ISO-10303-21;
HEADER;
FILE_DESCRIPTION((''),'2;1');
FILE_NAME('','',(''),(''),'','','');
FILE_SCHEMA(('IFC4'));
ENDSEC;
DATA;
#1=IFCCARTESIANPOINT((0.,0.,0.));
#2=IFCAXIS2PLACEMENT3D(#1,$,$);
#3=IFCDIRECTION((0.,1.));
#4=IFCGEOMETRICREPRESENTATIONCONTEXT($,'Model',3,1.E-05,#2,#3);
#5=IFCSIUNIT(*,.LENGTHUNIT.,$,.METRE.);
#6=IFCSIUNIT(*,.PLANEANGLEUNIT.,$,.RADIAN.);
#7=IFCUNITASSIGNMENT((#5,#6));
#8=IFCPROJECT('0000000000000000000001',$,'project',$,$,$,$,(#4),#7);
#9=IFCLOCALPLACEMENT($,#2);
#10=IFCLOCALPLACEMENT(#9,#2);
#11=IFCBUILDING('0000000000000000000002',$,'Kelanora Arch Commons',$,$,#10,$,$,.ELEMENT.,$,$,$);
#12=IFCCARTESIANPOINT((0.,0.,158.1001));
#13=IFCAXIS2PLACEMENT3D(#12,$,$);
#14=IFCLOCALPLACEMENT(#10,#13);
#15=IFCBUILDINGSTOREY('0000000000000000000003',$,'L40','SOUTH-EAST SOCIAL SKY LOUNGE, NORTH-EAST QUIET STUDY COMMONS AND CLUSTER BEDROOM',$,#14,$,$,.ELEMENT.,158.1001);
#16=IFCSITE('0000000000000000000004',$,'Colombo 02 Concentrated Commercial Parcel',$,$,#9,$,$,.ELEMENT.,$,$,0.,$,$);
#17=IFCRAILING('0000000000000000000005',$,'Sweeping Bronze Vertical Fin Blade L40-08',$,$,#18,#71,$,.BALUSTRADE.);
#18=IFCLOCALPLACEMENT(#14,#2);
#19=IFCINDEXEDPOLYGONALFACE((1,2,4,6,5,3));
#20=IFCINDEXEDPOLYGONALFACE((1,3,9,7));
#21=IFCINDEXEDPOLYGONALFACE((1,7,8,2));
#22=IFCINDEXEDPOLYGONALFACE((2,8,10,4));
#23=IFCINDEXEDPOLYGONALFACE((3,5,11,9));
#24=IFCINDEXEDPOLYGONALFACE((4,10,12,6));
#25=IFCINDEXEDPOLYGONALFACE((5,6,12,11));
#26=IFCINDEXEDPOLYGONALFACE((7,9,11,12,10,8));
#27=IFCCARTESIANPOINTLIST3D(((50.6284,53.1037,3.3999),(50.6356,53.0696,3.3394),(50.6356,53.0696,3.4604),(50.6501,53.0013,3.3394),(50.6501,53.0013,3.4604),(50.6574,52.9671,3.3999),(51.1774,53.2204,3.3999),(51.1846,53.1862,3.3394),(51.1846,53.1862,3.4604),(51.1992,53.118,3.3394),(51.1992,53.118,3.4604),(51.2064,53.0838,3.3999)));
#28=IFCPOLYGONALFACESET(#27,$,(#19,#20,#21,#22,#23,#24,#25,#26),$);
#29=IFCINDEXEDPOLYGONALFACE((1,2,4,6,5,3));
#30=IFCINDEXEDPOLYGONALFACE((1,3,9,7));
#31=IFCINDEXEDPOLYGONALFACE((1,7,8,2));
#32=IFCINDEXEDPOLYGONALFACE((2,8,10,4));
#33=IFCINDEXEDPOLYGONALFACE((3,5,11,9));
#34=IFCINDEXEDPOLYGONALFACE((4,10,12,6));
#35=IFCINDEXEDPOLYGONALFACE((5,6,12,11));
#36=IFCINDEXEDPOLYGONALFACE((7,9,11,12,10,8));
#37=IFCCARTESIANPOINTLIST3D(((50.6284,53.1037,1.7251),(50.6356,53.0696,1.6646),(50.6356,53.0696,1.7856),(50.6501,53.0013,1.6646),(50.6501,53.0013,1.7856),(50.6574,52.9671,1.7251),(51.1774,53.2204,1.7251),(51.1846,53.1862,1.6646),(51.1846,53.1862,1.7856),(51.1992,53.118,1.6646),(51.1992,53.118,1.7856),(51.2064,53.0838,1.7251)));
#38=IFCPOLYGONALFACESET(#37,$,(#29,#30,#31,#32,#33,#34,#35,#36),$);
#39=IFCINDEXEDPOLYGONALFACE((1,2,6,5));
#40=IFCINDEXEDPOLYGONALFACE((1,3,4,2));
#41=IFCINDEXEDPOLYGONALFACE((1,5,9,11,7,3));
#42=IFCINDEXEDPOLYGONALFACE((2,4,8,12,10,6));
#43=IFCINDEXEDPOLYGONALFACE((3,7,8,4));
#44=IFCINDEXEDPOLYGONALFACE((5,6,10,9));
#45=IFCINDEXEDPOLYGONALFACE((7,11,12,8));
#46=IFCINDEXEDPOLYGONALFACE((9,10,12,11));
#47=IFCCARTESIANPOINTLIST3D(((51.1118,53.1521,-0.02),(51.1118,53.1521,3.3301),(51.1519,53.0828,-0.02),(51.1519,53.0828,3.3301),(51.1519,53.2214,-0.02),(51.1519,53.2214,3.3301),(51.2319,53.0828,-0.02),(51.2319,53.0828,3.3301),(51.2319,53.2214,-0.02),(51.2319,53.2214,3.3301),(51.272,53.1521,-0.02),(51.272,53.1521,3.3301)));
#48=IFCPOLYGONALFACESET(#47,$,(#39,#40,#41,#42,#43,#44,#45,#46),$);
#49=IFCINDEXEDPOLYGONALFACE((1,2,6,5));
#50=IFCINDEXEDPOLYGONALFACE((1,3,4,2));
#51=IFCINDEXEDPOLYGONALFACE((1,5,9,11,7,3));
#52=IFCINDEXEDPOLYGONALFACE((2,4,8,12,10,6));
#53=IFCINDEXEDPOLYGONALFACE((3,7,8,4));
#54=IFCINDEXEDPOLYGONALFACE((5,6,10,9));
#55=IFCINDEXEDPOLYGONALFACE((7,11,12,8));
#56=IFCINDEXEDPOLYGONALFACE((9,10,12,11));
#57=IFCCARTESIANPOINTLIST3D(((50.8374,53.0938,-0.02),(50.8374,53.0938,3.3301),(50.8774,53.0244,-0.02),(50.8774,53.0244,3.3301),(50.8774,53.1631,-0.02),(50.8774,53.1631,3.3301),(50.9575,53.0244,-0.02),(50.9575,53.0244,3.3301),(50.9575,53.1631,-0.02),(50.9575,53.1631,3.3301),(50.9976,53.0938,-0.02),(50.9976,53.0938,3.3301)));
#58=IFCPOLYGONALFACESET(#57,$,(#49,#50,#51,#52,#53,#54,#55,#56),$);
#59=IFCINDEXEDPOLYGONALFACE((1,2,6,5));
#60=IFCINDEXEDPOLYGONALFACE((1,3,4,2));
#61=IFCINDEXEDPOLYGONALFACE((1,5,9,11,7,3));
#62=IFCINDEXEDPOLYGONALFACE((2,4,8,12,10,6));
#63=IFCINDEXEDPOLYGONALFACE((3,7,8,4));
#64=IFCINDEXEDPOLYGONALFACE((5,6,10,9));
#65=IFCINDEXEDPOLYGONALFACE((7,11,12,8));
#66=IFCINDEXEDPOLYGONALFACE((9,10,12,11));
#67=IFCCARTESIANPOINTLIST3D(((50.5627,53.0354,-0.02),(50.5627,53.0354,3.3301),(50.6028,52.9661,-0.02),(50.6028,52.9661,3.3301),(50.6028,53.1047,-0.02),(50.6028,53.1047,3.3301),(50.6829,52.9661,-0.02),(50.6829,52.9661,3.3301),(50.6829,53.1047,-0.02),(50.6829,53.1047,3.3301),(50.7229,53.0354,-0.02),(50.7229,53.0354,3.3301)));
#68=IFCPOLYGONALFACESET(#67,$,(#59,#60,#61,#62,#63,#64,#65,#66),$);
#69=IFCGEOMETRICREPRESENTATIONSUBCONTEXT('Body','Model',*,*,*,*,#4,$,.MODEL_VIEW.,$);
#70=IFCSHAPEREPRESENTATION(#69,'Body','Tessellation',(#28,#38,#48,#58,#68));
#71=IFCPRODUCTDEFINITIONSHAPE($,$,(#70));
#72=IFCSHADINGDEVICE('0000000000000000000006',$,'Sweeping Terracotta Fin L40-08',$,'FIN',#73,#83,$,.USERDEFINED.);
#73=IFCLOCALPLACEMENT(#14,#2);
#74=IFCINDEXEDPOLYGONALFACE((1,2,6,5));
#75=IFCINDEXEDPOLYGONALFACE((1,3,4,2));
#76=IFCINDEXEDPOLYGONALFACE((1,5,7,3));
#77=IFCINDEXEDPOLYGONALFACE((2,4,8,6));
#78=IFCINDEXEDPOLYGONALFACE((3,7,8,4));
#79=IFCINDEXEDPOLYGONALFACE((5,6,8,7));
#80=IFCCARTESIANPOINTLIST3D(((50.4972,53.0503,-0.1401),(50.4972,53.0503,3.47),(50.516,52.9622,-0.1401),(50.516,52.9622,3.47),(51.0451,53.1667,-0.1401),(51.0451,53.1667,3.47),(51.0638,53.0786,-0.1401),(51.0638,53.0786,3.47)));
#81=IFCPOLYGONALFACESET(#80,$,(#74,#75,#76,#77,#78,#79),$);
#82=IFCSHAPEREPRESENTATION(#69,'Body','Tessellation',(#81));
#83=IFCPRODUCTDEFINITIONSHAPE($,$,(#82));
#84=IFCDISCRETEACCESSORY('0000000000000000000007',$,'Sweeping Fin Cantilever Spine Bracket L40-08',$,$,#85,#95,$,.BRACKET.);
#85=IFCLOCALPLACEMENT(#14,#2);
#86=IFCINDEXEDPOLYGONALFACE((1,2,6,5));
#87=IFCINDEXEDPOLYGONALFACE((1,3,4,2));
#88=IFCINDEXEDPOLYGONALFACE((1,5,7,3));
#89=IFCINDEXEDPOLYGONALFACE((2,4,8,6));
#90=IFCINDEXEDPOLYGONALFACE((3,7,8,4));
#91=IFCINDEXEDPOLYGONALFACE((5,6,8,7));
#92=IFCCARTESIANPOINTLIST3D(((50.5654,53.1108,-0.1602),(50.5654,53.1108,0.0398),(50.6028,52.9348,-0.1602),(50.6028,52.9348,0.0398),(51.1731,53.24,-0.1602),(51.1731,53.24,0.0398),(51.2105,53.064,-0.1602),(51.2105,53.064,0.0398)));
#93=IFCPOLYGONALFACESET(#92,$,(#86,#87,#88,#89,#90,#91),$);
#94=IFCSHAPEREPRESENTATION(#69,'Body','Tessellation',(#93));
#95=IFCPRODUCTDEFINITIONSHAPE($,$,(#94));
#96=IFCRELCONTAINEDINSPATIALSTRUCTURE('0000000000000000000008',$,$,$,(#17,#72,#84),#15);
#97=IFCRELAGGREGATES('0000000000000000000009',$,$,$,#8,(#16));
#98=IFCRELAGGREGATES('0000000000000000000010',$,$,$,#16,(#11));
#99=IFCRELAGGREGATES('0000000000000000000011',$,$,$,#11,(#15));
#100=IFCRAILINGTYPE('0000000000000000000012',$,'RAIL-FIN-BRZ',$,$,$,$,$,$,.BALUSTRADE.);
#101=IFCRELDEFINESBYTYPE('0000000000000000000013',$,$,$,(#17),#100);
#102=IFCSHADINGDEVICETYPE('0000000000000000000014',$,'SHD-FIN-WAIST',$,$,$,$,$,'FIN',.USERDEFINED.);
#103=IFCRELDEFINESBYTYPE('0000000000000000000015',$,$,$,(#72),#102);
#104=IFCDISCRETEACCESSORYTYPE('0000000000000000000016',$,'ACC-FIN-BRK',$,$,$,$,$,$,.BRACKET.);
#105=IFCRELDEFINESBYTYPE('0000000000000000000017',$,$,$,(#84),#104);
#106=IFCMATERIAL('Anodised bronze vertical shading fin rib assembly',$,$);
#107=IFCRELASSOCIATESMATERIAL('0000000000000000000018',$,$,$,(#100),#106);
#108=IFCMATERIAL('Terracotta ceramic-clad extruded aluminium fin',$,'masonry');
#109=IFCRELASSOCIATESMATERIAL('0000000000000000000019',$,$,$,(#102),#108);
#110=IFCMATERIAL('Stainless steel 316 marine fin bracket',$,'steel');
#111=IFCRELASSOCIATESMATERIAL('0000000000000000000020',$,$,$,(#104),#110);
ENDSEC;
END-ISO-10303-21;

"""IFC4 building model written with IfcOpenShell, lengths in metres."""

from ifc_helpers import new_model, si_unit, direction, frame, origin, origin_2d, place, context, subcontext, project, spatial, polyline, rectangle, outline, extrude, source, transform, mapped, material, type_object, element, save


model = new_model("IFC4")

# Units and contexts
model_context = context("Model", 3, precision=1e-05, world=origin(), true_north=direction((0.0, 1.0)))
body_context = subcontext(model_context, "Body", "Model", "MODEL_VIEW")
ifc_project = project(units=[si_unit("LENGTHUNIT", "METRE"), si_unit("PLANEANGLEUNIT", "RADIAN")], contexts=[model_context])

# Site, building, storey
site_placement = place(None, origin())
site = spatial("IfcSite", under=ifc_project, at=site_placement, Name="Colombo 02 Concentrated Commercial Parcel", CompositionType="ELEMENT", RefElevation=0.0)
building_placement = place(site_placement, origin())
building = spatial("IfcBuilding", under=site, at=building_placement, Name="Kelanora Arch Commons", CompositionType="ELEMENT")
storey_placement = place(building_placement, frame((0.0, 0.0, 158.1001)))
storey = spatial("IfcBuildingStorey", under=building, at=storey_placement, Name="L40", Description="SOUTH-EAST SOCIAL SKY LOUNGE, NORTH-EAST QUIET STUDY COMMONS AND CLUSTER BEDROOM", CompositionType="ELEMENT", Elevation=158.1001)

# Railing
ifc_material_1 = material(Name="Anodised bronze vertical shading fin rib assembly")
railing_type = type_object("IfcRailingType", Name="RAIL-FIN-BRZ", PredefinedType="BALUSTRADE", material=ifc_material_1)
railing_placement = place(storey_placement, frame((51.1919, 53.1521, -0.02)))
element("IfcRailing", 1, at=railing_placement, inside=storey, type_object=railing_type, Name="Sweeping Bronze Vertical Fin Blade L40-08", PredefinedType="BALUSTRADE", context=body_context, shape_type="SweptSolid", body=[
    extrude(outline(polyline([(0.0698, 0.0), (0.0349, 0.0605), (-0.0349, 0.0605), (-0.0698, 0.0), (-0.0349, -0.0605), (0.0349, -0.0605), (0.0698, 0.0)])), frame((0.0, 0.0, 3.4199), z_axis=(-0.978151, -0.207895, 0.0), x_axis=(0.207895, -0.978151, 0.0)), (0.0, 0.0, 1.0), 0.5613),
    extrude(outline(polyline([(0.0698, 0.0), (0.0349, 0.0605), (-0.0349, 0.0605), (-0.0698, 0.0), (-0.0349, -0.0605), (0.0349, -0.0605), (0.0698, 0.0)])), frame((0.0, 0.0, 1.7451), z_axis=(-0.978151, -0.207895, 0.0), x_axis=(0.207895, -0.978151, 0.0)), (0.0, 0.0, 1.0), 0.5613),
    extrude(outline(polyline([(0.0801, 0.0), (0.04, 0.0693), (-0.04, 0.0693), (-0.0801, 0.0), (-0.04, -0.0693), (0.04, -0.0693), (0.0801, 0.0)])), origin(), (0.0, 0.0, 1.0), 3.3501),
    extrude(outline(polyline([(0.0801, 0.0), (0.04, 0.0693), (-0.04, 0.0693), (-0.0801, 0.0), (-0.04, -0.0693), (0.04, -0.0693), (0.0801, 0.0)])), frame((-0.2744, -0.0583, 0.0)), (0.0, 0.0, 1.0), 3.3501),
    extrude(outline(polyline([(0.0801, 0.0), (0.04, 0.0693), (-0.04, 0.0693), (-0.0801, 0.0), (-0.04, -0.0693), (0.04, -0.0693), (0.0801, 0.0)])), frame((-0.5491, -0.1167, 0.0)), (0.0, 0.0, 1.0), 3.3501),
])

# Shading device
ifc_material_2 = material(Name="Terracotta ceramic-clad extruded aluminium fin", Category="masonry")
shading_device_type = type_object("IfcShadingDeviceType", Name="SHD-FIN-WAIST", ElementType="FIN", PredefinedType="USERDEFINED", material=ifc_material_2)
shared_shape_1 = source(origin(), body_context, "Body", "SweptSolid", [
    extrude(rectangle(XDim=0.5601, YDim=0.0901, at=origin_2d()), origin(), (0.0, 0.0, 1.0), 3.6101),
])
shading_device_placement = place(storey_placement, frame((50.7805, 53.0645, -0.1401), z_axis=(0.0, 0.0, 1.0), x_axis=(-0.978148, -0.207912, 0.0)))
element("IfcShadingDevice", 2, at=shading_device_placement, inside=storey, type_object=shading_device_type, Name="Sweeping Terracotta Fin L40-08", ObjectType="FIN", PredefinedType="USERDEFINED", context=body_context, shape_type="MappedRepresentation", body=[
    mapped(shared_shape_1, transform((0.0, 0.0, 0.0), scale=1.0)),
])

# Discrete accessory
ifc_material_3 = material(Name="Stainless steel 316 marine fin bracket", Category="steel")
discrete_accessory_type = type_object("IfcDiscreteAccessoryType", Name="ACC-FIN-BRK", PredefinedType="BRACKET", material=ifc_material_3)
shared_shape_2 = source(origin(), body_context, "Body", "SweptSolid", [
    extrude(rectangle(XDim=0.6213, YDim=0.1799, at=origin_2d()), origin(), (0.0, 0.0, 1.0), 0.2),
])
discrete_accessory_placement = place(storey_placement, frame((50.8879, 53.0874, -0.1602), z_axis=(0.0, 0.0, 1.0), x_axis=(-0.978148, -0.207912, 0.0)))
element("IfcDiscreteAccessory", 3, at=discrete_accessory_placement, inside=storey, type_object=discrete_accessory_type, Name="Sweeping Fin Cantilever Spine Bracket L40-08", PredefinedType="BRACKET", context=body_context, shape_type="MappedRepresentation", body=[
    mapped(shared_shape_2, transform((0.0, 0.0, 0.0), scale=1.0)),
])

save(model, "model.ifc")
